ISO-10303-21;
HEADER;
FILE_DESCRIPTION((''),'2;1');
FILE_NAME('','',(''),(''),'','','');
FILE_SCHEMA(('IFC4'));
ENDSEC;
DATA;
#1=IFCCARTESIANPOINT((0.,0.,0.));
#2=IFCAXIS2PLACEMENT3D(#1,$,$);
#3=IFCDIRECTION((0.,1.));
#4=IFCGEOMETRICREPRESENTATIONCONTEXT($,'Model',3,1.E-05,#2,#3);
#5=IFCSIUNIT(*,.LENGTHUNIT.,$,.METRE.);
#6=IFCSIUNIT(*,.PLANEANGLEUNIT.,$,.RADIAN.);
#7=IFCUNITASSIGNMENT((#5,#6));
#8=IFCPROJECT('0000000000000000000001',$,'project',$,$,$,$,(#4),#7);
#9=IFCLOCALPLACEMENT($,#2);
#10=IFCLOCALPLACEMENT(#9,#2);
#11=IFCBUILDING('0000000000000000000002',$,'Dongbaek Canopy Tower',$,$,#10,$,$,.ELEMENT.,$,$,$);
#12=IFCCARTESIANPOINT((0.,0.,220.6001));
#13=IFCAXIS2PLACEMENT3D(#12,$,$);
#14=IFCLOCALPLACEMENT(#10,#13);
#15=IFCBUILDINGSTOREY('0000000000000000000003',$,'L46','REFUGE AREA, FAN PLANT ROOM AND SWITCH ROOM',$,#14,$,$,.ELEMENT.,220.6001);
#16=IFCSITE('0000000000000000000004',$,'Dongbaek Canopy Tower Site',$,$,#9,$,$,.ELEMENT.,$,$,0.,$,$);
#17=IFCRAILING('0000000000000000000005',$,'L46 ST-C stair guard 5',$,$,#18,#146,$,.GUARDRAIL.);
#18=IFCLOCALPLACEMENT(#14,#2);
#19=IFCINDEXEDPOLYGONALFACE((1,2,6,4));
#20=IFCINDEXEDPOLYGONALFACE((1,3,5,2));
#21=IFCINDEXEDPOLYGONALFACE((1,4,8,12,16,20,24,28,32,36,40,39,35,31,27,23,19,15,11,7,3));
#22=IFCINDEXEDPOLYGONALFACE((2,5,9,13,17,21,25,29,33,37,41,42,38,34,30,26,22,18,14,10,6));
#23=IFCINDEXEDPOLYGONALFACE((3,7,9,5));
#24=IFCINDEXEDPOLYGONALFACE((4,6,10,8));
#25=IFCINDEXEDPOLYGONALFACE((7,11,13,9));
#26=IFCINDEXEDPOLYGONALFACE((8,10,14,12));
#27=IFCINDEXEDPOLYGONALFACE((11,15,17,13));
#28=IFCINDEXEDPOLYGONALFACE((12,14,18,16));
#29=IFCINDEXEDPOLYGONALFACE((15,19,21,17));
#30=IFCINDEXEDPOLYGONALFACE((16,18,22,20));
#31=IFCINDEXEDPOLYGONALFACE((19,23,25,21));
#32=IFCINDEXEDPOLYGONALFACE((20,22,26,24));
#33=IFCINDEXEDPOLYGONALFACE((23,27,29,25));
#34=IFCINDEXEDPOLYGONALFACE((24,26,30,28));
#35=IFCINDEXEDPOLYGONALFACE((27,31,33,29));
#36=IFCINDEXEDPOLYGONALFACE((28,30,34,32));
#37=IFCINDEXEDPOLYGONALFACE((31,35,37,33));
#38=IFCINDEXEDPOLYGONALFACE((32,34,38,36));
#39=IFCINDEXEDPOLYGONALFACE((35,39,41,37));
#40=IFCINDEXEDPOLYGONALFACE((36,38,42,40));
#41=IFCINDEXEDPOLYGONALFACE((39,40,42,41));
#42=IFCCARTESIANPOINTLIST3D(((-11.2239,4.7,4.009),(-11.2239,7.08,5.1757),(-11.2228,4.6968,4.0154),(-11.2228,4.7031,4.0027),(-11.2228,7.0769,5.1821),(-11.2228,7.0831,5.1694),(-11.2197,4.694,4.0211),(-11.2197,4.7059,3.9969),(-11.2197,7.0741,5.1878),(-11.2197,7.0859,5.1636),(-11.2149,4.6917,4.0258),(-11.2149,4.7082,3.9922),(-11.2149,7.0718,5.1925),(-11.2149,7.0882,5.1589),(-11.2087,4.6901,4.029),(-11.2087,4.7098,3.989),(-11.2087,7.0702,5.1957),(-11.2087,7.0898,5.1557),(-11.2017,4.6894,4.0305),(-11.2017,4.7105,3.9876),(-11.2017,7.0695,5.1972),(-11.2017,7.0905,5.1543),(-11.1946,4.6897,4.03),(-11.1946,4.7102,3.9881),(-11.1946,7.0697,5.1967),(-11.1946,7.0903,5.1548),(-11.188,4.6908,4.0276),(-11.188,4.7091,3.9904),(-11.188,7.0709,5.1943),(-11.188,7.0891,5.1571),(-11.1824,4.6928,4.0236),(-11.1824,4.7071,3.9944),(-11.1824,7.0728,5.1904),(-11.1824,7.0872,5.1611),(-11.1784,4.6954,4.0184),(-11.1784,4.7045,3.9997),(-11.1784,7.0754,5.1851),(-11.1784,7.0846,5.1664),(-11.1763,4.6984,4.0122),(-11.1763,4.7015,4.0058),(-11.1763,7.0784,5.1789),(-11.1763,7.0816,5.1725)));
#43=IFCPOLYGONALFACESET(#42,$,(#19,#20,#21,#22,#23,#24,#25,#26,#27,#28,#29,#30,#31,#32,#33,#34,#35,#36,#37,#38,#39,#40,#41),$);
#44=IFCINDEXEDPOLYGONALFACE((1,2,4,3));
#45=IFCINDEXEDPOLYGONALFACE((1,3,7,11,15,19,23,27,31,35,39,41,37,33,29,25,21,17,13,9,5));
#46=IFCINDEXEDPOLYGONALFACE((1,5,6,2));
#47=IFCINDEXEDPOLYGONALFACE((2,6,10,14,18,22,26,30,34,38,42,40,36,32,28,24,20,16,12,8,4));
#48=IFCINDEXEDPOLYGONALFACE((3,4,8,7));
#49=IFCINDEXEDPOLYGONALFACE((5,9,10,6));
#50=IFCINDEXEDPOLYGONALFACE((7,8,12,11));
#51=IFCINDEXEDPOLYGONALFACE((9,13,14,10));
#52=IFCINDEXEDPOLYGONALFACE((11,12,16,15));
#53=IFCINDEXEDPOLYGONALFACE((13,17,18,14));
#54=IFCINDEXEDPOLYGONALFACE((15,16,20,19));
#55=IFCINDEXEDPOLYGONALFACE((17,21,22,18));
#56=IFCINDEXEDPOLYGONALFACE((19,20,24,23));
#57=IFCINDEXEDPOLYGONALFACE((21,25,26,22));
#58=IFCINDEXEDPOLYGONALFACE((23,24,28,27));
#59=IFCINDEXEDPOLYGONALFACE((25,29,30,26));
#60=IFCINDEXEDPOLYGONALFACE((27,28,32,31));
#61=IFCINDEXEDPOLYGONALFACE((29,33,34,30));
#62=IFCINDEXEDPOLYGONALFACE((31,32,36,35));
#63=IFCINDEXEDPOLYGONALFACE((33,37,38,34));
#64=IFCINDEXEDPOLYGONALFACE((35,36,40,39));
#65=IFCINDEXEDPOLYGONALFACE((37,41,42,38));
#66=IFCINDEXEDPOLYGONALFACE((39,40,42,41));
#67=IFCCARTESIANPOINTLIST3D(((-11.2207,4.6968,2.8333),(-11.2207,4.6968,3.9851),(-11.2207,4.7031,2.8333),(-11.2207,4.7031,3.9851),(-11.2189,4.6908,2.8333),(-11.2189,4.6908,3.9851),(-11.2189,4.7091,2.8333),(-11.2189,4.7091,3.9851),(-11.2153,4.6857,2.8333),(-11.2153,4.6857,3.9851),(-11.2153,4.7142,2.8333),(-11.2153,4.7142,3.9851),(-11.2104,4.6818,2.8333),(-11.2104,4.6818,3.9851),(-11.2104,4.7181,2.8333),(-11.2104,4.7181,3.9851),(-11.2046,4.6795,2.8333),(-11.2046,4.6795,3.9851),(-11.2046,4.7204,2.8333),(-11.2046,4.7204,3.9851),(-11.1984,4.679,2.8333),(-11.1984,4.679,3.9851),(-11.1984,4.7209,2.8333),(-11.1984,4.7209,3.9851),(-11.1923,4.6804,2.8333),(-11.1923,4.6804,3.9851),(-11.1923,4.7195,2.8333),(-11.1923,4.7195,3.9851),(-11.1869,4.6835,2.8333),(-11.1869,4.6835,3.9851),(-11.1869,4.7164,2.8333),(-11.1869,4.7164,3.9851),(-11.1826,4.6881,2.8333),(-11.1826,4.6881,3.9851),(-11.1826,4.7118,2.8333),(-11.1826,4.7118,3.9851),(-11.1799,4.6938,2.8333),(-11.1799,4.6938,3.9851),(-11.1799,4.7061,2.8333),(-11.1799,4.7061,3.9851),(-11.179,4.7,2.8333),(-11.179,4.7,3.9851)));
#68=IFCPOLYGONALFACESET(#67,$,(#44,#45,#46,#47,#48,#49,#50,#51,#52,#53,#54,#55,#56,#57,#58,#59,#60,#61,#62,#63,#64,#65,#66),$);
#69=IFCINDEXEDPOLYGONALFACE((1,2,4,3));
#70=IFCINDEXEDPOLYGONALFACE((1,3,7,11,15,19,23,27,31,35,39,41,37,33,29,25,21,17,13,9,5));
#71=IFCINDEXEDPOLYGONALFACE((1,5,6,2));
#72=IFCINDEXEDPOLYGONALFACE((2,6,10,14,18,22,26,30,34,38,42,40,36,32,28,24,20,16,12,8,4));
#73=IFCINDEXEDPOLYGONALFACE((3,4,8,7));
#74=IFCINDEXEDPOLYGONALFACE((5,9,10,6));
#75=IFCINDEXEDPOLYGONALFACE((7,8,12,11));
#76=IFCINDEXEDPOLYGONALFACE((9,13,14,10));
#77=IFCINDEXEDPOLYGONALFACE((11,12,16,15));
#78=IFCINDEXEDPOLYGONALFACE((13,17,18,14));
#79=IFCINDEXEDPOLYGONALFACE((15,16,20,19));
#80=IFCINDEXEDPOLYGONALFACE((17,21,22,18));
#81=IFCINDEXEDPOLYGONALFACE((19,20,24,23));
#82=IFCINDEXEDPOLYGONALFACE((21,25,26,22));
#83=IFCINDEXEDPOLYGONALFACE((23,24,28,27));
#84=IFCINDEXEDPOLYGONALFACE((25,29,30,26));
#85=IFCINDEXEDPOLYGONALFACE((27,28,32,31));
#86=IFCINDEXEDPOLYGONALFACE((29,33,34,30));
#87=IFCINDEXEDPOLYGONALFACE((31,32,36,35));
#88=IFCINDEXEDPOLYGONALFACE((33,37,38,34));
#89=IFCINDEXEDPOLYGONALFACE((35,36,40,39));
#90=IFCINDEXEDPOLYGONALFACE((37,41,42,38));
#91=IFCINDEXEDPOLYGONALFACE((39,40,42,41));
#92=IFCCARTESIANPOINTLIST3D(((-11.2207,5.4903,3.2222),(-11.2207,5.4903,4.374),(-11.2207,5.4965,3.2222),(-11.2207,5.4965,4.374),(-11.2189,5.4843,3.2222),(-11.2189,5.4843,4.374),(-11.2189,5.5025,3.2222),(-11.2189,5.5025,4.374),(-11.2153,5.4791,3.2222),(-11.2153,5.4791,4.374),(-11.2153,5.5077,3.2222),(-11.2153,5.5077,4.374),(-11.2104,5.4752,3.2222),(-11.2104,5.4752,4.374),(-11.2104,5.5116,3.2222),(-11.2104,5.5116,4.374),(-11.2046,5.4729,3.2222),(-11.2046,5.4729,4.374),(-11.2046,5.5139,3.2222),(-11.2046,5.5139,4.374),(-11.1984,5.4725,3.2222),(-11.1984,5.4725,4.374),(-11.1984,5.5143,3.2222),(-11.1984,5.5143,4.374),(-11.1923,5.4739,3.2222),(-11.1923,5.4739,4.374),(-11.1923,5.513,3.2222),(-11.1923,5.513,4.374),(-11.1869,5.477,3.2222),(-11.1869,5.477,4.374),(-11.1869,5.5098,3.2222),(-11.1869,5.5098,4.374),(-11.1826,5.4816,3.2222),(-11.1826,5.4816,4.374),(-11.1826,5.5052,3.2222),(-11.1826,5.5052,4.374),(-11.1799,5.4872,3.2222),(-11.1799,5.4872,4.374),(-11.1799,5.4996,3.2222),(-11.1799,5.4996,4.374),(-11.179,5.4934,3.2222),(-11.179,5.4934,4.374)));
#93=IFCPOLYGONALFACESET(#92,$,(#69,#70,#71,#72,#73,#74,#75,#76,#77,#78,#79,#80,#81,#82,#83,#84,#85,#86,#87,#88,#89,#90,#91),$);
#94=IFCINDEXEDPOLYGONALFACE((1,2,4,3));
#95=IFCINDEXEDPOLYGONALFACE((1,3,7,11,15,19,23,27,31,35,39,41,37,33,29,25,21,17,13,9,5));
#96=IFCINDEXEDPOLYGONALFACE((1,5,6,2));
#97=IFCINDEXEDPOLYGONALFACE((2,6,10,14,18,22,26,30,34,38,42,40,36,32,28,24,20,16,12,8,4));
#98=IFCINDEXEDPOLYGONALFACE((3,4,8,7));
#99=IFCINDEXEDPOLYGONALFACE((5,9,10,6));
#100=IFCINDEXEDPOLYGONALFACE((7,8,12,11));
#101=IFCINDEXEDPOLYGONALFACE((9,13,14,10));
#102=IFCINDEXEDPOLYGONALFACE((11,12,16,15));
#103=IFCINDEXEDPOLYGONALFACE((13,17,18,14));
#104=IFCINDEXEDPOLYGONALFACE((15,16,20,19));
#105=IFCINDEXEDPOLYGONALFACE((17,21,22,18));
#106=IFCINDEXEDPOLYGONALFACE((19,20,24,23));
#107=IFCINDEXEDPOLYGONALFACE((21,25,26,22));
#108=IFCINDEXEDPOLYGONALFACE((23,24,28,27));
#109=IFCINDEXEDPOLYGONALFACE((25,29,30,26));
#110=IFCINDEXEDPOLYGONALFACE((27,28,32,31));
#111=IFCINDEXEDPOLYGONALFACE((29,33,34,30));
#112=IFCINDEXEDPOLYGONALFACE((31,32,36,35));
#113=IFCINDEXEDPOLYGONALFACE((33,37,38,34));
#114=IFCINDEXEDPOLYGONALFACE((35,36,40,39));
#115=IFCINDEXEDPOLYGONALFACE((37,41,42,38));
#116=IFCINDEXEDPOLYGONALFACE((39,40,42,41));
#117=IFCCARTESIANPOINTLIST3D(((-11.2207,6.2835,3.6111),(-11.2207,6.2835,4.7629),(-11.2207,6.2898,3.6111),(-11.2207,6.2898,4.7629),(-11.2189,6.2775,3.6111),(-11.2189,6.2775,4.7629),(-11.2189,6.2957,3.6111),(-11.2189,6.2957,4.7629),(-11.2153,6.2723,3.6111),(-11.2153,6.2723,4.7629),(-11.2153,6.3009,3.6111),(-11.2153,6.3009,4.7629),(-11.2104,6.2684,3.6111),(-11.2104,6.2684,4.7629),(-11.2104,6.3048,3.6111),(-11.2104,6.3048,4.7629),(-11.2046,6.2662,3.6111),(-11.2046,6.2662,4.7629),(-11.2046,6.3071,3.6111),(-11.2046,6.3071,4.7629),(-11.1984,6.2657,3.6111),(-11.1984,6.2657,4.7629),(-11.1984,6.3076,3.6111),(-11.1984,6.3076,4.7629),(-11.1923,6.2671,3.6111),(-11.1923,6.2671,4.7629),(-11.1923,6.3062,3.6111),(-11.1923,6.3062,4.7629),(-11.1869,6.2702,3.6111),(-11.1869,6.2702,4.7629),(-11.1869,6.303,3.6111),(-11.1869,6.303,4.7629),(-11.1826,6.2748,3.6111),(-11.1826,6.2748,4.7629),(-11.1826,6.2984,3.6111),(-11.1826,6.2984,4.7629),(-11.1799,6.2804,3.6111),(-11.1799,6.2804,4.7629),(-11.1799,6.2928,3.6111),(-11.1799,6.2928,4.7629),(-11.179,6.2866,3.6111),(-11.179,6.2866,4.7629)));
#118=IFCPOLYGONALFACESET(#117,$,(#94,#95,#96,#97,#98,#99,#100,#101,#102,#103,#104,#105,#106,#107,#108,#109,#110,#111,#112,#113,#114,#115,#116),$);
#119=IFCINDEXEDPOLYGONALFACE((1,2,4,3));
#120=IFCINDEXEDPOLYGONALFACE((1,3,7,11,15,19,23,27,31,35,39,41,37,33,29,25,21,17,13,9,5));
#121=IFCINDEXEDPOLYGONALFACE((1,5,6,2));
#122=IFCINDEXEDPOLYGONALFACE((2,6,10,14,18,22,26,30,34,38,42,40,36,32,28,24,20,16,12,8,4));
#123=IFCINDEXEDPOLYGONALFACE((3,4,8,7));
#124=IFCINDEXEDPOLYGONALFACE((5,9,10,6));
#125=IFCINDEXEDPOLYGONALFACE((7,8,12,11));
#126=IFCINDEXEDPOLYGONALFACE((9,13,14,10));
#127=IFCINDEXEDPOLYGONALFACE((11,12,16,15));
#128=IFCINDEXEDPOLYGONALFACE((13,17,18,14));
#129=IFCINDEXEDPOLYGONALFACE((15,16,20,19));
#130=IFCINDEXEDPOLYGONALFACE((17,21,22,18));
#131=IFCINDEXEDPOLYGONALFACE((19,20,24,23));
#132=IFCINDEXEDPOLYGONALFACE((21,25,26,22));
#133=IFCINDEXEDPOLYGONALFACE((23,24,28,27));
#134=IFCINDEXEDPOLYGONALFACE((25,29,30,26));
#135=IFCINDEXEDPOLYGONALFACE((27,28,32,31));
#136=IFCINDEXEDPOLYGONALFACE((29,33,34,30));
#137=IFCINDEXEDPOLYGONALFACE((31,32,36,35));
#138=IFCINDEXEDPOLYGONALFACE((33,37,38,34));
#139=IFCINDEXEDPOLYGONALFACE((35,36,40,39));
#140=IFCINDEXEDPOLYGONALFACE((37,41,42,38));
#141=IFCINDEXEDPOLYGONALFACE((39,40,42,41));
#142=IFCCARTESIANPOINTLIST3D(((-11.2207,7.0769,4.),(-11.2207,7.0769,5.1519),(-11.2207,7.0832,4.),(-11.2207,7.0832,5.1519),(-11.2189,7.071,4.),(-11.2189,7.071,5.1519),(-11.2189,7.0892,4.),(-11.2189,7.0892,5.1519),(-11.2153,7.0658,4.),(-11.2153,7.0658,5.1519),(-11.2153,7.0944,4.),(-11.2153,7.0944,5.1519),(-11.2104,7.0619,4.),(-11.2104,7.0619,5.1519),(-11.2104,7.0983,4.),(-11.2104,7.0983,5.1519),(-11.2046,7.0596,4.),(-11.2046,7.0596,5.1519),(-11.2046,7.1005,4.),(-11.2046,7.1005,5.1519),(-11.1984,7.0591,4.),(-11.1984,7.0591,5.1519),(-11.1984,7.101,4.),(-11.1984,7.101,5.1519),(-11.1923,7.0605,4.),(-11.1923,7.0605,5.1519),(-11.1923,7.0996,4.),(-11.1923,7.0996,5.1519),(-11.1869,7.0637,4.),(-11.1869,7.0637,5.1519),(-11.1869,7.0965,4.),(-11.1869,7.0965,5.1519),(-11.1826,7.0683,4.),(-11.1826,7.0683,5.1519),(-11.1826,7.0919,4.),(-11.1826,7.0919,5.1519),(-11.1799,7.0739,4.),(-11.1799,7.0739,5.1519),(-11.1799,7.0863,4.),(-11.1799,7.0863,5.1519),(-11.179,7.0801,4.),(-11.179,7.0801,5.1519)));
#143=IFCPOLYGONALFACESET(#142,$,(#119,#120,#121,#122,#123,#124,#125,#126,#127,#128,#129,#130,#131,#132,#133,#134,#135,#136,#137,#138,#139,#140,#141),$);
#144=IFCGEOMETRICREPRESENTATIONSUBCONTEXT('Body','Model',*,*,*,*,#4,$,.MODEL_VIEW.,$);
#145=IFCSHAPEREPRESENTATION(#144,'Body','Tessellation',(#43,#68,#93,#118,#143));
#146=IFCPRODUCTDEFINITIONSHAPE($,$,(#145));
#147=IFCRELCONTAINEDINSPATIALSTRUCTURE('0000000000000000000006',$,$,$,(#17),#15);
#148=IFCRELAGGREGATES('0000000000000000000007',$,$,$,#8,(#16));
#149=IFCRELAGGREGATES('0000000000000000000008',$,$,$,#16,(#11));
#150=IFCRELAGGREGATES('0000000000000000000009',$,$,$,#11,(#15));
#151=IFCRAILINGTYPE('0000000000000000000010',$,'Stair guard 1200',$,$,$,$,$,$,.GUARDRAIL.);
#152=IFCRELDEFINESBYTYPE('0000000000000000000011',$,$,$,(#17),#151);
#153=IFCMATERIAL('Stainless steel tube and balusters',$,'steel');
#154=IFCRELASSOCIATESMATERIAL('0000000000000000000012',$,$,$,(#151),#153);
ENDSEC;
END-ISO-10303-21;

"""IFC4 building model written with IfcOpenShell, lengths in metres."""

from ifc_helpers import new_model, si_unit, direction, frame, origin, origin_2d, place, context, subcontext, project, spatial, circle, extrude, material, type_object, element, save


model = new_model("IFC4")

# Units and contexts
model_context = context("Model", 3, precision=1e-05, world=origin(), true_north=direction((0.0, 1.0)))
body_context = subcontext(model_context, "Body", "Model", "MODEL_VIEW")
ifc_project = project(units=[si_unit("LENGTHUNIT", "METRE"), si_unit("PLANEANGLEUNIT", "RADIAN")], contexts=[model_context])

# Site, building, storey
site_placement = place(None, origin())
site = spatial("IfcSite", under=ifc_project, at=site_placement, Name="Dongbaek Canopy Tower Site", CompositionType="ELEMENT", RefElevation=0.0)
building_placement = place(site_placement, origin())
building = spatial("IfcBuilding", under=site, at=building_placement, Name="Dongbaek Canopy Tower", CompositionType="ELEMENT")
storey_placement = place(building_placement, frame((0.0, 0.0, 220.6001)))
storey = spatial("IfcBuildingStorey", under=building, at=storey_placement, Name="L46", Description="REFUGE AREA, FAN PLANT ROOM AND SWITCH ROOM", CompositionType="ELEMENT", Elevation=220.6001)

# Railing
ifc_material_1 = material(Name="Stainless steel tube and balusters", Category="steel")
railing_type = type_object("IfcRailingType", Name="Stair guard 1200", PredefinedType="GUARDRAIL", material=ifc_material_1)
railing_1_placement = place(storey_placement, frame((-11.2, 4.7, 2.8333)))
element("IfcRailing", 1, at=railing_1_placement, inside=storey, type_object=railing_type, Name="L46 ST-C stair guard 5", PredefinedType="GUARDRAIL", context=body_context, shape_type="SweptSolid", body=[
    extrude(circle(Radius=0.0239, at=origin_2d()), frame((0.0, 0.0, 1.1758), z_axis=(0.0, 0.897918, 0.440163), x_axis=(-1.0, 0.0, 0.0)), (0.0, 0.0, 1.0), 2.6506),
    extrude(circle(Radius=0.021, at=origin_2d()), origin(), (0.0, 0.0, 1.0), 1.1519),
    extrude(circle(Radius=0.021, at=origin_2d()), frame((0.0, 0.7935, 0.3889)), (0.0, 0.0, 1.0), 1.1519),
    extrude(circle(Radius=0.021, at=origin_2d()), frame((0.0, 1.5867, 0.7778)), (0.0, 0.0, 1.0), 1.1519),
    extrude(circle(Radius=0.021, at=origin_2d()), frame((0.0, 2.3801, 1.1667)), (0.0, 0.0, 1.0), 1.1519),
])

save(model, "model.ifc")
